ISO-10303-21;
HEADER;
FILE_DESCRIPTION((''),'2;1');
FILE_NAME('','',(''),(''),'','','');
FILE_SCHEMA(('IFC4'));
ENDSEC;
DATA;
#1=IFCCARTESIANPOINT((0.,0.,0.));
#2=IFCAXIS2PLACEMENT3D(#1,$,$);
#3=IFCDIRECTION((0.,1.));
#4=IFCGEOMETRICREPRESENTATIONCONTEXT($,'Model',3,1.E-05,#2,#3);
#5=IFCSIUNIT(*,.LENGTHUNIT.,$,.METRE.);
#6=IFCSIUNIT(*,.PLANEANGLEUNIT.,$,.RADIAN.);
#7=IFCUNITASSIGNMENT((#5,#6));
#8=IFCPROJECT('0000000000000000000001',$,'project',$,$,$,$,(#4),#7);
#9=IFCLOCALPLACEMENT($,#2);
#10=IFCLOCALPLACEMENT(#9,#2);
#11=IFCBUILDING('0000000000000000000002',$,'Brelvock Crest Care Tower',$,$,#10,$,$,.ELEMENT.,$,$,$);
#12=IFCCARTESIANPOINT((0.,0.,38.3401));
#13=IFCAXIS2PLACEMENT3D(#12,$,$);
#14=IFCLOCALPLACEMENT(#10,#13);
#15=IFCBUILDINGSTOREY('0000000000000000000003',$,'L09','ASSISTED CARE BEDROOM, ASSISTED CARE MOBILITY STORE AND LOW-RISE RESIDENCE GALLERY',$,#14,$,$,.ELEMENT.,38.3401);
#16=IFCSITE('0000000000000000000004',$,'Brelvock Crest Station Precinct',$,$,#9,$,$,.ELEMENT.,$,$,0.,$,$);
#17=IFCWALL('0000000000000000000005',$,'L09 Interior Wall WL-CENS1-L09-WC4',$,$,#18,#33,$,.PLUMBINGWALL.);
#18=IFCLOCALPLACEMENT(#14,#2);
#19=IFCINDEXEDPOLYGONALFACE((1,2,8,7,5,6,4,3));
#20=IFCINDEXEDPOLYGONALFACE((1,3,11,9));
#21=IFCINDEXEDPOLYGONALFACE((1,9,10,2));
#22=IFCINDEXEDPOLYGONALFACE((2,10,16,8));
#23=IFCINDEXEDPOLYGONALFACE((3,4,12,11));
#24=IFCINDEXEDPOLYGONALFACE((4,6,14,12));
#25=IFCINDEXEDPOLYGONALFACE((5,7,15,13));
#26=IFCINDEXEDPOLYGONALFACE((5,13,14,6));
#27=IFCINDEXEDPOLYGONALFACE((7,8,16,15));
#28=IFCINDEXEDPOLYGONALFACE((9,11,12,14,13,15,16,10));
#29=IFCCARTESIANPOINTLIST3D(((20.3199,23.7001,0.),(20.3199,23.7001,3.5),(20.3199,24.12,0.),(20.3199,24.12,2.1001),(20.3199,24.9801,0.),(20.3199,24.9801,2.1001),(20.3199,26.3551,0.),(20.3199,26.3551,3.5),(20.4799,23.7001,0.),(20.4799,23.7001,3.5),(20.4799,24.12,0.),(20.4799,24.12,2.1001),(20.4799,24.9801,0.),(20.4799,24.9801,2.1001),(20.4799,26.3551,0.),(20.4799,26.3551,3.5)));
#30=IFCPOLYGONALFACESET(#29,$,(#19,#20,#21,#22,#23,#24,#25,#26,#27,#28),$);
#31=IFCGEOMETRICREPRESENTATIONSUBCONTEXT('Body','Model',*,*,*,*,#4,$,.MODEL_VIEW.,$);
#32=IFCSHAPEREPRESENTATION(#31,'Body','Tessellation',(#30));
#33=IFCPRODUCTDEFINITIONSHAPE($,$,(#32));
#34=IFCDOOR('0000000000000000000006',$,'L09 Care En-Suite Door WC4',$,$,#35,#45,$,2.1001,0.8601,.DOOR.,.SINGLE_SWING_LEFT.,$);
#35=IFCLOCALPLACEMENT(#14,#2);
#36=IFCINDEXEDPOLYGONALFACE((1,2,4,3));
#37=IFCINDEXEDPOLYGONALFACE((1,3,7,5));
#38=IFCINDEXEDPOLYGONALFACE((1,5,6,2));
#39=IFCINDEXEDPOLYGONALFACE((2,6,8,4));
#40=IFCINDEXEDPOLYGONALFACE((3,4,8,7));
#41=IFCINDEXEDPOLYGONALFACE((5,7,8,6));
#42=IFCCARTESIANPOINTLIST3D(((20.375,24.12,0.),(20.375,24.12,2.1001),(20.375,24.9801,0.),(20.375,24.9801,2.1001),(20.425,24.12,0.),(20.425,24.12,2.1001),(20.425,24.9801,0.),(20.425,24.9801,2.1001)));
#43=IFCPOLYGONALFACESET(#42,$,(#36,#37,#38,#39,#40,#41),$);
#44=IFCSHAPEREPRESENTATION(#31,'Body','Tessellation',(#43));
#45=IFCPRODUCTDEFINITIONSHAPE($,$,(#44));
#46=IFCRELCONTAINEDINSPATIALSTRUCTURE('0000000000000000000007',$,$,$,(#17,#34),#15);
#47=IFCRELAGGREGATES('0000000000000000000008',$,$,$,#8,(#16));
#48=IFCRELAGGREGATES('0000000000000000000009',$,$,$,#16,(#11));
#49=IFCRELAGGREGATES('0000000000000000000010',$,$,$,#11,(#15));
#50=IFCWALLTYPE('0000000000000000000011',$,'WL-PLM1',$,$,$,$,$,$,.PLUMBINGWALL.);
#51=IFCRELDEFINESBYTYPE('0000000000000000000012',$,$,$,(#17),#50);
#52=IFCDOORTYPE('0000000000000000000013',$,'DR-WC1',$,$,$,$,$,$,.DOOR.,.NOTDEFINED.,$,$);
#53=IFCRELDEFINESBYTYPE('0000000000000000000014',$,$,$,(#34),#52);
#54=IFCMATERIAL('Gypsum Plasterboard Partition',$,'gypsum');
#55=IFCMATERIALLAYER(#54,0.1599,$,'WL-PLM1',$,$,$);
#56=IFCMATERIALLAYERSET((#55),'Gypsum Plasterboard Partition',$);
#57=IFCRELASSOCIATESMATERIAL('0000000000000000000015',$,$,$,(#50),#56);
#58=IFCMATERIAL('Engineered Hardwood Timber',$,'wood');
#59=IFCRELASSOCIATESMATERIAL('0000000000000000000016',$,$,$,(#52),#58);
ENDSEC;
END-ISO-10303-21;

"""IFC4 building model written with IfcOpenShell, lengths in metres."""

from ifc_helpers import new_model, si_unit, direction, frame, frame_2d, origin, origin_2d, place, context, subcontext, project, spatial, rectangle, extrude, source, transform, mapped, material, layer, layer_set, type_object, element, fill, save


model = new_model("IFC4")

# Units and contexts
model_context = context("Model", 3, precision=1e-05, world=origin(), true_north=direction((0.0, 1.0)))
body_context = subcontext(model_context, "Body", "Model", "MODEL_VIEW")
ifc_project = project(units=[si_unit("LENGTHUNIT", "METRE"), si_unit("PLANEANGLEUNIT", "RADIAN")], contexts=[model_context])

# Site, building, storey
site_placement = place(None, origin())
site = spatial("IfcSite", under=ifc_project, at=site_placement, Name="Brelvock Crest Station Precinct", CompositionType="ELEMENT", RefElevation=0.0)
building_placement = place(site_placement, origin())
building = spatial("IfcBuilding", under=site, at=building_placement, Name="Brelvock Crest Care Tower", CompositionType="ELEMENT")
storey_placement = place(building_placement, frame((0.0, 0.0, 38.3401)))
storey = spatial("IfcBuildingStorey", under=building, at=storey_placement, Name="L09", Description="ASSISTED CARE BEDROOM, ASSISTED CARE MOBILITY STORE AND LOW-RISE RESIDENCE GALLERY", CompositionType="ELEMENT", Elevation=38.3401)

# Shared definitions
ifc_material_1 = material(Name="Engineered Hardwood Timber", Category="wood")

# Shared definitions
ifc_material_2 = material(Name="Gypsum Plasterboard Partition", Category="gypsum")
ifc_layer_1 = layer(ifc_material_2, 0.1599, Name="WL-PLM1")
ifc_layer_set_1 = layer_set([ifc_layer_1], Name="Gypsum Plasterboard Partition")
wall_type_1 = type_object("IfcWallType", Name="WL-PLM1", PredefinedType="PLUMBINGWALL", material=ifc_layer_set_1)

# Wall, opening, door
wall_1_placement = place(storey_placement, frame((20.3999, 23.7, 0.0), z_axis=(0.0, 0.0, 1.0), x_axis=(0.0, 1.0, 0.0)))
wall_1 = element("IfcWall", 1, at=wall_1_placement, inside=storey, type_object=wall_type_1, Name="L09 Interior Wall WL-CENS1-L09-WC4", PredefinedType="PLUMBINGWALL", context=body_context, shape_type="SweptSolid", body=[
    extrude(rectangle(XDim=2.655, YDim=0.1599, at=frame_2d((1.3276, 0.0))), origin(), (0.0, 0.0, 1.0), 3.5),
])
opening_1_placement = place(wall_1_placement, frame((0.4199, 0.0, 0.0)))
opening_1 = element("IfcOpeningElement", 2, at=opening_1_placement, cuts=wall_1, PredefinedType="OPENING", context=body_context, shape_type="SweptSolid", body=[
    extrude(rectangle(XDim=0.8601, YDim=2.1001, at=origin_2d()), frame((0.4302, 0.0898, 1.05), z_axis=(0.0, -1.0, 0.0), x_axis=(1.0, 0.0, 0.0)), (0.0, 0.0, 1.0), 0.1799),
])
door_type_1 = type_object("IfcDoorType", Name="DR-WC1", OperationType="NOTDEFINED", PredefinedType="DOOR", material=ifc_material_1)
shared_shape_1 = source(origin(), body_context, "Body", "SweptSolid", [
    extrude(rectangle(XDim=0.8601, YDim=2.1001, at=origin_2d()), frame((0.4302, 0.0249, 1.05), z_axis=(0.0, -1.0, 0.0), x_axis=(1.0, 0.0, 0.0)), (0.0, 0.0, 1.0), 0.05),
])
door_1_placement = place(opening_1_placement, origin())
door_1 = element("IfcDoor", 3, at=door_1_placement, inside=storey, type_object=door_type_1, Name="L09 Care En-Suite Door WC4", OperationType="SINGLE_SWING_LEFT", OverallHeight=2.1001, OverallWidth=0.8601, PredefinedType="DOOR", context=body_context, shape_type="MappedRepresentation", body=[
    mapped(shared_shape_1, transform((0.0, 0.0, 0.0), x_axis=(1.0, 0.0, 0.0), y_axis=(0.0, 1.0, 0.0), z_axis=(0.0, 0.0, 1.0), scale=1.0)),
])
fill(opening_1, door_1)

save(model, "model.ifc")
